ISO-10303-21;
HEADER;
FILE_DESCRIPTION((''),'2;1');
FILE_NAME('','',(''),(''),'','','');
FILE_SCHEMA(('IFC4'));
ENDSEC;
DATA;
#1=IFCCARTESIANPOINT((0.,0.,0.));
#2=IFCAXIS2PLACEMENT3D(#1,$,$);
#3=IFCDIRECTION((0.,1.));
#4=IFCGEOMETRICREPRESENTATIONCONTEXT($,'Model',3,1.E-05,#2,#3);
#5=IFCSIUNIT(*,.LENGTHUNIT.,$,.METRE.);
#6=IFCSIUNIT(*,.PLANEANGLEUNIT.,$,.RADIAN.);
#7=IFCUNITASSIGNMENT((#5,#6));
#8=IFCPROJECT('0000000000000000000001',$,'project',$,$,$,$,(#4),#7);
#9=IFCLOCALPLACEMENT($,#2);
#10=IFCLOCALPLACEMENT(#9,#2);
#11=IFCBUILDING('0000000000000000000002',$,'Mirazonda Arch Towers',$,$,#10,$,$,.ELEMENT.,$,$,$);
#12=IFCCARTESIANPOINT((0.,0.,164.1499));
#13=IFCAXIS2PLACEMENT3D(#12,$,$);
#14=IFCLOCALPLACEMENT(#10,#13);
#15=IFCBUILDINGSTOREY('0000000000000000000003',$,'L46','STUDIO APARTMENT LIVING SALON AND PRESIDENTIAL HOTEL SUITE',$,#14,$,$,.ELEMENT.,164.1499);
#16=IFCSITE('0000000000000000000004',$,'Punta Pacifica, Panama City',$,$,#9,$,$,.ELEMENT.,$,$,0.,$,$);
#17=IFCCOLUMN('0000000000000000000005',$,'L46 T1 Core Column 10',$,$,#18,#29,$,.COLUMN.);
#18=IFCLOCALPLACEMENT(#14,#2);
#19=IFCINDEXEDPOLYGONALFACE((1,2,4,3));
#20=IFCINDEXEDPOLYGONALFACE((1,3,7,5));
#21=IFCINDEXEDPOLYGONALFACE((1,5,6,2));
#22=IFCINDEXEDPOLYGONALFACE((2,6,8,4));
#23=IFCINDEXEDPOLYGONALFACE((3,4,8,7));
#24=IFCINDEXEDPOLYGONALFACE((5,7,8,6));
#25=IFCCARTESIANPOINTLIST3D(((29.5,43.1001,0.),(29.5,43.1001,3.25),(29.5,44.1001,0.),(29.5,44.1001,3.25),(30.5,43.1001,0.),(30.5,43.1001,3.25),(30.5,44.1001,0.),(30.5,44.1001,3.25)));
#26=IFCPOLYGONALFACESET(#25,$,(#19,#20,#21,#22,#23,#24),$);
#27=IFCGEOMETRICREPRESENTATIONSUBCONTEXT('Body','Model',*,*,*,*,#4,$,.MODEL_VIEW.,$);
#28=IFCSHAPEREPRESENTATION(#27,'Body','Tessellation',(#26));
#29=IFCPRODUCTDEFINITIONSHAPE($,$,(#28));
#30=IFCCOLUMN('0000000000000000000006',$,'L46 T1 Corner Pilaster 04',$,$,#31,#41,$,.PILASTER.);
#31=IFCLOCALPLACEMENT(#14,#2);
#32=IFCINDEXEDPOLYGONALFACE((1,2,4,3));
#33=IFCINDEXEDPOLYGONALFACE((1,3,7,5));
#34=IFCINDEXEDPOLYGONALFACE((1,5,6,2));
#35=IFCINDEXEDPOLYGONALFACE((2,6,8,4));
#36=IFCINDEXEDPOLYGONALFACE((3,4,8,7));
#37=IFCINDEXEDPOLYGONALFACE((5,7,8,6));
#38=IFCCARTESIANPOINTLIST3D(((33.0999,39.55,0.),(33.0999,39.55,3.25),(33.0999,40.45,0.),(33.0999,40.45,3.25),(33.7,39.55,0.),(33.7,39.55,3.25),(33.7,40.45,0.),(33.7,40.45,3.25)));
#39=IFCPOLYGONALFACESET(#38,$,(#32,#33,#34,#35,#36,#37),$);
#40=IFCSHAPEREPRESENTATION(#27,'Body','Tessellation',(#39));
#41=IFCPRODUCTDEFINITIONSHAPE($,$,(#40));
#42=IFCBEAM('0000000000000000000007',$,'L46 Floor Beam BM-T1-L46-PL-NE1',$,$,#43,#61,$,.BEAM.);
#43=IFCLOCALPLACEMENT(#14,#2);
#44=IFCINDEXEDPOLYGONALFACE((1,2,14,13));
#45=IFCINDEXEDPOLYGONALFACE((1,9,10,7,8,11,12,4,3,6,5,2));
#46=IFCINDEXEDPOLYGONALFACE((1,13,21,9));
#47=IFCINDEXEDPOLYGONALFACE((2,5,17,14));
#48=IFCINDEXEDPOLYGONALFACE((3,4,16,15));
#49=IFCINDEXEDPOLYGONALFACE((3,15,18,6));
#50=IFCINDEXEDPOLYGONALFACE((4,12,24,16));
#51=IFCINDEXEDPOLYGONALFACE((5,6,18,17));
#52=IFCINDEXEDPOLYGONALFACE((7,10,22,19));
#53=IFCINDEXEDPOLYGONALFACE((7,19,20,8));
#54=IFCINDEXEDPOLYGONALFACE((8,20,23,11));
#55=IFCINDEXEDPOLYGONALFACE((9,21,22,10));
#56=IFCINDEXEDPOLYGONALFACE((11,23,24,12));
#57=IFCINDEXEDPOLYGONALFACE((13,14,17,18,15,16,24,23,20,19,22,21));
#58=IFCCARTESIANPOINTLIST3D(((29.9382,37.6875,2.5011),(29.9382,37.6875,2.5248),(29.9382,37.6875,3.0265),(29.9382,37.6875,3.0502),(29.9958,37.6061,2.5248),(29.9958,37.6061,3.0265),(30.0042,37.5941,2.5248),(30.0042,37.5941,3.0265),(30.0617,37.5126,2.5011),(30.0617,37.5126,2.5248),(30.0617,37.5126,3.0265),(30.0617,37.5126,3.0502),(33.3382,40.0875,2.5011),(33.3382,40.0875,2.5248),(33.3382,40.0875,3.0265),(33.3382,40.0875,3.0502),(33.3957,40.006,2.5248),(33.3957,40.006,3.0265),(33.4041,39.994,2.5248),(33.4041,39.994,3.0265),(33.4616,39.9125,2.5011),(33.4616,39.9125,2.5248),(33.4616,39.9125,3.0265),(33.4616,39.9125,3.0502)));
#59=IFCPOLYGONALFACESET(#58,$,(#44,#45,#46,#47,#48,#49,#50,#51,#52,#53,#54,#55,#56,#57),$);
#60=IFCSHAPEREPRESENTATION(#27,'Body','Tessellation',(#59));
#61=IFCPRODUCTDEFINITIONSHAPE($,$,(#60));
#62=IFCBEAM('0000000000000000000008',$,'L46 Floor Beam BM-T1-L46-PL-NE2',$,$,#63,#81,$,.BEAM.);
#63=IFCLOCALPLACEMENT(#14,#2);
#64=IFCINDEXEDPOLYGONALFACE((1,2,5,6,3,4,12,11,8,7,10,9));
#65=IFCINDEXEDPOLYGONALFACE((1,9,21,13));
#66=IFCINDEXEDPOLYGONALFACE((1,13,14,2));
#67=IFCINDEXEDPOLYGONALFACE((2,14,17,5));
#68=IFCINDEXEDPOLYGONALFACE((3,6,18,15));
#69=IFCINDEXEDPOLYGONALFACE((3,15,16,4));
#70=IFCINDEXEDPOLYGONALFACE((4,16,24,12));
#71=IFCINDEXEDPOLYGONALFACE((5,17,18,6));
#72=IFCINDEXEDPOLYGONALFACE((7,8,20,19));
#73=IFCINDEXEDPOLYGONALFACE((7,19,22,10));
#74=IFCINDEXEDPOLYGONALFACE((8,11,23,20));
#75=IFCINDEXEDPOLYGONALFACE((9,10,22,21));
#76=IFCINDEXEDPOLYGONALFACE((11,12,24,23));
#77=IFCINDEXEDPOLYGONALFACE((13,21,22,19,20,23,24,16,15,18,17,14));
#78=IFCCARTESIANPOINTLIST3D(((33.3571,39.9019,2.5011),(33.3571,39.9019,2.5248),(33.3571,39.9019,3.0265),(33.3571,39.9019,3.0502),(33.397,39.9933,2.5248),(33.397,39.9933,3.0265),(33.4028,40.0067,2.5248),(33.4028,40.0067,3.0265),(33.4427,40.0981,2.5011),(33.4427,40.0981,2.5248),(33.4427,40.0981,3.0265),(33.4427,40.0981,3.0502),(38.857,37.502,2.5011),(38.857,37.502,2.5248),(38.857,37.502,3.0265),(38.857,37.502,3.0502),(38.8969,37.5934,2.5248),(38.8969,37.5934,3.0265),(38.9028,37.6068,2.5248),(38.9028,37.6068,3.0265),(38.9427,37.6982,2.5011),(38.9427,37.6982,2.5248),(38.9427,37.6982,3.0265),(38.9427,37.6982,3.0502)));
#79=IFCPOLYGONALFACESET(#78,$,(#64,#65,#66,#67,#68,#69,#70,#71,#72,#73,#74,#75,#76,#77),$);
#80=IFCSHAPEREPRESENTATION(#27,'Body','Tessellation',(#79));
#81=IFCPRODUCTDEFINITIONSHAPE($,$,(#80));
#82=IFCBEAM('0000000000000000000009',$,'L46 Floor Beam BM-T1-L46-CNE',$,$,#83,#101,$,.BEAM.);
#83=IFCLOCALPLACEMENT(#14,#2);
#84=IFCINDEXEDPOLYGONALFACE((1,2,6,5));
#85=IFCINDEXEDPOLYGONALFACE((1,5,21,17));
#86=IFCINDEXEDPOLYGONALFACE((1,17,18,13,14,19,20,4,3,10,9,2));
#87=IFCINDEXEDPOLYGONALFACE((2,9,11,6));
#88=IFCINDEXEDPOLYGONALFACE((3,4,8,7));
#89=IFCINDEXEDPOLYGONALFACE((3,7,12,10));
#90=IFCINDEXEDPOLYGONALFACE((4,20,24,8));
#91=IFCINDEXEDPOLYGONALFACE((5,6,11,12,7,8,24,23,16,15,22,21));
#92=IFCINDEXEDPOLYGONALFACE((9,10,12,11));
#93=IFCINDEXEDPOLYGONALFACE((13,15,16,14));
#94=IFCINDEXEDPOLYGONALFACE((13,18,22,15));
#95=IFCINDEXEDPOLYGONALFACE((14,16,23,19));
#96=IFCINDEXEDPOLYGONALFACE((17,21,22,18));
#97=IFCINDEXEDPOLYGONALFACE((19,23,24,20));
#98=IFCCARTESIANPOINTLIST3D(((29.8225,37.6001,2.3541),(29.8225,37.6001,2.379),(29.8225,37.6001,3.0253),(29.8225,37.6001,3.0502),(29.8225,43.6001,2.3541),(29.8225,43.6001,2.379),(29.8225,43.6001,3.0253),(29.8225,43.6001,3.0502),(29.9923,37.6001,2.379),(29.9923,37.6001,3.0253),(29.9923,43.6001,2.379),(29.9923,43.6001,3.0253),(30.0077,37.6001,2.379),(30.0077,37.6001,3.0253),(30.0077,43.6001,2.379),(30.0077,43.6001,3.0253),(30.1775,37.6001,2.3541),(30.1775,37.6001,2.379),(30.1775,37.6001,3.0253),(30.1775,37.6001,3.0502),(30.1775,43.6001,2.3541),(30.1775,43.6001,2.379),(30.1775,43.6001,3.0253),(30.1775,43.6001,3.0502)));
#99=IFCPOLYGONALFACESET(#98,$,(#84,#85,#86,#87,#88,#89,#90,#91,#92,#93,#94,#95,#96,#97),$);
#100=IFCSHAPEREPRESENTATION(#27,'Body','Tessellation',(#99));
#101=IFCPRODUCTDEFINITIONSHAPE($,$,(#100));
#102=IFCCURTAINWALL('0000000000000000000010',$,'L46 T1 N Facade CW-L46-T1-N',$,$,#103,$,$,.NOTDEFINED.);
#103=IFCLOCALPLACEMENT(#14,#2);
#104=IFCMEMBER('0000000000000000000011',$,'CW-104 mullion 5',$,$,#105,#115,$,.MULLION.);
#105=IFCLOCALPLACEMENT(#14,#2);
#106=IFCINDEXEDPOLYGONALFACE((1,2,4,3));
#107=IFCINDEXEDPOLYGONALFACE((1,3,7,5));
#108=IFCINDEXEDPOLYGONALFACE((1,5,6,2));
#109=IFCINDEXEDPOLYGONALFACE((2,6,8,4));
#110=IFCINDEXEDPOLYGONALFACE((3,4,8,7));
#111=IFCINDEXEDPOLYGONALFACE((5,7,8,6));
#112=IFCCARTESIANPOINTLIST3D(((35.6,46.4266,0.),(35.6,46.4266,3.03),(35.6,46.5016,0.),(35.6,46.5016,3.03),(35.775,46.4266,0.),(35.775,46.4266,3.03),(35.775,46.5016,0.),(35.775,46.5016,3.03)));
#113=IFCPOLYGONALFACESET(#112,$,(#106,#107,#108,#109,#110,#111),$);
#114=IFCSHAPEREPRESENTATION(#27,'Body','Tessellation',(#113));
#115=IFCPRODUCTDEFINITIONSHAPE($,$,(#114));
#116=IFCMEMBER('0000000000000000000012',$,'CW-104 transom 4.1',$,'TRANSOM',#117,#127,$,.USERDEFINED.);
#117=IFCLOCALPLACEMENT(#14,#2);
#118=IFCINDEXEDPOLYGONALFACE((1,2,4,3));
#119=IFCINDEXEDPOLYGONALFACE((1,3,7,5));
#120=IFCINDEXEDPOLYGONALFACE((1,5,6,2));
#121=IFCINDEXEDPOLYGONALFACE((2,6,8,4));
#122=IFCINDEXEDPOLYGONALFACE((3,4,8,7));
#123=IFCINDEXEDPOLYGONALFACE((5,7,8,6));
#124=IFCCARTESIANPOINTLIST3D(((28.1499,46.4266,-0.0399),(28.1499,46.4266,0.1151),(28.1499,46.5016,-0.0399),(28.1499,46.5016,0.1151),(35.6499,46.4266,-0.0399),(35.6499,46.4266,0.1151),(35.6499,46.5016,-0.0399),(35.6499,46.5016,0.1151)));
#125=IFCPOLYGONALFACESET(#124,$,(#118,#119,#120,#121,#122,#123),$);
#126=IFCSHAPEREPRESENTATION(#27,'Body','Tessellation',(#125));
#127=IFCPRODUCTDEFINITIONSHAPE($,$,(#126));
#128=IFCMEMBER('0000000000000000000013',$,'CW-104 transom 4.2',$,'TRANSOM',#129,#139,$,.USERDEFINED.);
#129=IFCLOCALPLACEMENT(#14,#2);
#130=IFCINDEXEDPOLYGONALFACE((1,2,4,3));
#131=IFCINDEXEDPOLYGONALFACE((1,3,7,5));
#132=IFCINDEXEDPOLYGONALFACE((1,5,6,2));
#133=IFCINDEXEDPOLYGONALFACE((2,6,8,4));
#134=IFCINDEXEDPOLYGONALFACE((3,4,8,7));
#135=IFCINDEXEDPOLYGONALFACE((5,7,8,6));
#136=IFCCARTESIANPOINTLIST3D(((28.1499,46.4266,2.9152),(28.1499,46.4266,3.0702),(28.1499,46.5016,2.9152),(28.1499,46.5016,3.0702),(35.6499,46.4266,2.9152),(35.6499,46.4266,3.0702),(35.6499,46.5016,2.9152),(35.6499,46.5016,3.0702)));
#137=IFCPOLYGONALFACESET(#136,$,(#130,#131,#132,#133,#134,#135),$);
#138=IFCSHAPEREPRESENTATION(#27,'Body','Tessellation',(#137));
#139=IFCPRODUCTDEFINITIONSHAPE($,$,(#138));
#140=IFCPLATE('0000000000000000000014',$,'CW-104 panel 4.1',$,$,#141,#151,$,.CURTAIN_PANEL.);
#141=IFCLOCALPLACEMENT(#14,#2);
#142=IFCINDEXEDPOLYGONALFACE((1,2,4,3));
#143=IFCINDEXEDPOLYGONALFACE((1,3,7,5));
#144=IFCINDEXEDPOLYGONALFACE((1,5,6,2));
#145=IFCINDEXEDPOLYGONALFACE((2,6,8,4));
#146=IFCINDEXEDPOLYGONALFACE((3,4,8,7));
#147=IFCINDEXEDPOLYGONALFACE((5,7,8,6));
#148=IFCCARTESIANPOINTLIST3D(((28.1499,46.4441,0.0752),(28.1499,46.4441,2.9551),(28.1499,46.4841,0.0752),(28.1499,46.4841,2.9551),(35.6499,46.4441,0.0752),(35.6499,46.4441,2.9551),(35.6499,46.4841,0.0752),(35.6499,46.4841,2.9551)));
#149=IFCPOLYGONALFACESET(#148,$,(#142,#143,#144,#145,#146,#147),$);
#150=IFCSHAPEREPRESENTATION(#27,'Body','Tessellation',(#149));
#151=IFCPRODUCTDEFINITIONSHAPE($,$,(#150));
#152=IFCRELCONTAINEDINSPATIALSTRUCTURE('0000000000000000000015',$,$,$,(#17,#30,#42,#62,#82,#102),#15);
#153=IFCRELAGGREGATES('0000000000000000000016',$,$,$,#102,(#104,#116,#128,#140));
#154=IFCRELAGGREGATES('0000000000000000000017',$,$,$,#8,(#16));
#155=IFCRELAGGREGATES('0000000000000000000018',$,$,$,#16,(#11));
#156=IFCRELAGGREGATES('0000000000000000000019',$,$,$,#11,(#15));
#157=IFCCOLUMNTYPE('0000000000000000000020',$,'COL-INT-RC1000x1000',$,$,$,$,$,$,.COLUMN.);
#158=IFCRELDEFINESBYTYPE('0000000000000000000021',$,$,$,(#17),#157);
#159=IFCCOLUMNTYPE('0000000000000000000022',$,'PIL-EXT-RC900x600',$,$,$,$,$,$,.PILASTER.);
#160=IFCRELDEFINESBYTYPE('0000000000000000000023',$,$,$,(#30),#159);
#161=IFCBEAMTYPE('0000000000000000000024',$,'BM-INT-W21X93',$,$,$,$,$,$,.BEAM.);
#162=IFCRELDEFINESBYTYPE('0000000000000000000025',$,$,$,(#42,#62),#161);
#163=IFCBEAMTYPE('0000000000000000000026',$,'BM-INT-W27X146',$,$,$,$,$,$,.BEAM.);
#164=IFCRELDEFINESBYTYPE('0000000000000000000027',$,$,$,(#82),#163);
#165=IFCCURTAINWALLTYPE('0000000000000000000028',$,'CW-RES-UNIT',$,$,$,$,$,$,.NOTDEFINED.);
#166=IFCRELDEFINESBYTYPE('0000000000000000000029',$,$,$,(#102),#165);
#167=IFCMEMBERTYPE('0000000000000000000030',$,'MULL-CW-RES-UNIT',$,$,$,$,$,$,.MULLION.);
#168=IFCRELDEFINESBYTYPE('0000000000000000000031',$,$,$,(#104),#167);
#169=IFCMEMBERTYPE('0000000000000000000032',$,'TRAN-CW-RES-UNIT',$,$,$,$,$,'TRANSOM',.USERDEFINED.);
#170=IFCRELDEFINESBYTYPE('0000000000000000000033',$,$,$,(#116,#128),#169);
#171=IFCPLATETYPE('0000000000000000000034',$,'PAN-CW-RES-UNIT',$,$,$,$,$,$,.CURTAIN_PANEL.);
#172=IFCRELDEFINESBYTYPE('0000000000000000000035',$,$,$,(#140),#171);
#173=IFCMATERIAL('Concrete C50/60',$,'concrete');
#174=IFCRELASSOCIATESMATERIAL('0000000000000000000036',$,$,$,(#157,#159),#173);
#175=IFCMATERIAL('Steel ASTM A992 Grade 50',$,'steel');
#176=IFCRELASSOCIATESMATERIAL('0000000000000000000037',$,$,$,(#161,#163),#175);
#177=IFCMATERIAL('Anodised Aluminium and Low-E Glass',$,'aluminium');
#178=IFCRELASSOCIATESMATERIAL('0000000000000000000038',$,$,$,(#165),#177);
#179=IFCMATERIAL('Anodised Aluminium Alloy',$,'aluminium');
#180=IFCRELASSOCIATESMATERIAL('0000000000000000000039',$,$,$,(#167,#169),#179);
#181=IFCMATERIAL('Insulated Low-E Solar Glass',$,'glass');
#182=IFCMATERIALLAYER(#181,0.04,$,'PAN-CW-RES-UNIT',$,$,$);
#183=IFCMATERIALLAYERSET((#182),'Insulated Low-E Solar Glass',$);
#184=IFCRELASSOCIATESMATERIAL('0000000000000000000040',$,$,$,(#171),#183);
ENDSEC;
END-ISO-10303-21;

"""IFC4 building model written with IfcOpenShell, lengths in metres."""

from ifc_helpers import new_model, si_unit, direction, frame, origin, origin_2d, place, context, subcontext, project, spatial, rectangle, i_section, extrude, material, layer, layer_set, material_profile, profile_set, type_object, element, aggregate, save


model = new_model("IFC4")

# Units and contexts
model_context = context("Model", 3, precision=1e-05, world=origin(), true_north=direction((0.0, 1.0)))
body_context = subcontext(model_context, "Body", "Model", "MODEL_VIEW")
ifc_project = project(units=[si_unit("LENGTHUNIT", "METRE"), si_unit("PLANEANGLEUNIT", "RADIAN")], contexts=[model_context])

# Site, building, storey
site_placement = place(None, origin())
site = spatial("IfcSite", under=ifc_project, at=site_placement, Name="Punta Pacifica, Panama City", CompositionType="ELEMENT", RefElevation=0.0)
building_placement = place(site_placement, origin())
building = spatial("IfcBuilding", under=site, at=building_placement, Name="Mirazonda Arch Towers", CompositionType="ELEMENT")
storey_placement = place(building_placement, frame((0.0, 0.0, 164.1499)))
storey = spatial("IfcBuildingStorey", under=building, at=storey_placement, Name="L46", Description="STUDIO APARTMENT LIVING SALON AND PRESIDENTIAL HOTEL SUITE", CompositionType="ELEMENT", Elevation=164.1499)

# Columns
ifc_material_1 = material(Name="Concrete C50/60", Category="concrete")
ifc_material_profile_1 = material_profile(ifc_material_1, rectangle(XDim=1.0, YDim=1.0, at=origin_2d()), Name="RC1000x1000")
ifc_profile_set_1 = profile_set([ifc_material_profile_1], Name="Concrete C50/60")
column_type_1 = type_object("IfcColumnType", Name="COL-INT-RC1000x1000", PredefinedType="COLUMN", material=ifc_profile_set_1)
column_1_placement = place(storey_placement, frame((30.0, 43.6001, 0.0), z_axis=(0.0, 0.0, 1.0), x_axis=(1.0, 0.0, 0.0)))
element("IfcColumn", 1, at=column_1_placement, inside=storey, type_object=column_type_1, Name="L46 T1 Core Column 10", PredefinedType="COLUMN", context=body_context, shape_type="SweptSolid", body=[
    extrude(rectangle(XDim=1.0, YDim=1.0, at=origin_2d()), origin(), (0.0, 0.0, 1.0), 3.25),
])
ifc_material_profile_2 = material_profile(ifc_material_1, rectangle(XDim=0.6001, YDim=0.8999, at=origin_2d()), Name="RC900x600")
ifc_profile_set_2 = profile_set([ifc_material_profile_2], Name="Concrete C50/60")
column_type_2 = type_object("IfcColumnType", Name="PIL-EXT-RC900x600", PredefinedType="PILASTER", material=ifc_profile_set_2)
column_2_placement = place(storey_placement, frame((33.3999, 40.0, 0.0), z_axis=(0.0, 0.0, 1.0), x_axis=(1.0, 0.0, 0.0)))
element("IfcColumn", 2, at=column_2_placement, inside=storey, type_object=column_type_2, Name="L46 T1 Corner Pilaster 04", PredefinedType="PILASTER", context=body_context, shape_type="SweptSolid", body=[
    extrude(rectangle(XDim=0.6001, YDim=0.8999, at=origin_2d()), origin(), (0.0, 0.0, 1.0), 3.25),
])

# Beams
ifc_material_2 = material(Name="Steel ASTM A992 Grade 50", Category="steel")
ifc_material_profile_3 = material_profile(ifc_material_2, i_section(OverallWidth=0.2141, OverallDepth=0.5491, WebThickness=0.0146, FlangeThickness=0.0237, at=origin_2d()), Name="W21X93")
ifc_profile_set_3 = profile_set([ifc_material_profile_3], Name="Steel ASTM A992 Grade 50")
beam_type_1 = type_object("IfcBeamType", Name="BM-INT-W21X93", PredefinedType="BEAM", material=ifc_profile_set_3)
beam_1_placement = place(storey_placement, frame((33.3999, 40.0, 2.7756), z_axis=(-0.816971, -0.576679, 0.0), x_axis=(0.576679, -0.816971, 0.0)))
element("IfcBeam", 3, at=beam_1_placement, inside=storey, type_object=beam_type_1, Name="L46 Floor Beam BM-T1-L46-PL-NE1", PredefinedType="BEAM", context=body_context, shape_type="SweptSolid", body=[
    extrude(i_section(OverallWidth=0.2141, OverallDepth=0.5491, WebThickness=0.0146, FlangeThickness=0.0237, at=origin_2d()), origin(), (0.0, 0.0, 1.0), 4.1616),
])
beam_2_placement = place(storey_placement, frame((33.3999, 40.0, 2.7756), z_axis=(0.916545, -0.399931, 0.0), x_axis=(0.399931, 0.916545, 0.0)))
element("IfcBeam", 4, at=beam_2_placement, inside=storey, type_object=beam_type_1, Name="L46 Floor Beam BM-T1-L46-PL-NE2", PredefinedType="BEAM", context=body_context, shape_type="SweptSolid", body=[
    extrude(i_section(OverallWidth=0.2141, OverallDepth=0.5491, WebThickness=0.0146, FlangeThickness=0.0237, at=origin_2d()), origin(), (0.0, 0.0, 1.0), 6.0007),
])
ifc_material_profile_4 = material_profile(ifc_material_2, i_section(OverallWidth=0.355, OverallDepth=0.696, WebThickness=0.0154, FlangeThickness=0.0249, at=origin_2d()), Name="W27X146")
ifc_profile_set_4 = profile_set([ifc_material_profile_4], Name="Steel ASTM A992 Grade 50")
beam_type_2 = type_object("IfcBeamType", Name="BM-INT-W27X146", PredefinedType="BEAM", material=ifc_profile_set_4)
beam_3_placement = place(storey_placement, frame((30.0, 37.6001, 2.7021), z_axis=(0.0, 1.0, 0.0), x_axis=(-1.0, 0.0, 0.0)))
element("IfcBeam", 5, at=beam_3_placement, inside=storey, type_object=beam_type_2, Name="L46 Floor Beam BM-T1-L46-CNE", PredefinedType="BEAM", context=body_context, shape_type="SweptSolid", body=[
    extrude(i_section(OverallWidth=0.355, OverallDepth=0.696, WebThickness=0.0154, FlangeThickness=0.0249, at=origin_2d()), origin(), (0.0, 0.0, 1.0), 6.0),
])

# Curtain wall, members, plate
ifc_material_3 = material(Name="Anodised Aluminium and Low-E Glass", Category="aluminium")
curtain_wall_type = type_object("IfcCurtainWallType", Name="CW-RES-UNIT", PredefinedType="NOTDEFINED", material=ifc_material_3)
curtain_wall_placement = place(storey_placement, origin())
curtain_wall = element("IfcCurtainWall", 6, at=curtain_wall_placement, inside=storey, type_object=curtain_wall_type, Name="L46 T1 N Facade CW-L46-T1-N", PredefinedType="NOTDEFINED")
ifc_material_4 = material(Name="Anodised Aluminium Alloy", Category="aluminium")
ifc_material_profile_5 = material_profile(ifc_material_4, rectangle(XDim=0.075, YDim=0.175, at=origin_2d()), Name="ALU-MULL-75x175")
ifc_profile_set_5 = profile_set([ifc_material_profile_5], Name="Anodised Aluminium Alloy")
member_type_1 = type_object("IfcMemberType", Name="MULL-CW-RES-UNIT", PredefinedType="MULLION", material=ifc_profile_set_5)
member_1_placement = place(storey_placement, frame((35.6875, 46.4641, 0.0), z_axis=(0.0, 0.0, 1.0), x_axis=(0.0, 1.0, 0.0)))
member_1 = element("IfcMember", 7, at=member_1_placement, type_object=member_type_1, Name="CW-104 mullion 5", PredefinedType="MULLION", context=body_context, shape_type="SweptSolid", body=[
    extrude(rectangle(XDim=0.075, YDim=0.175, at=origin_2d()), origin(), (0.0, 0.0, 1.0), 3.03),
])
ifc_material_profile_6 = material_profile(ifc_material_4, rectangle(XDim=0.075, YDim=0.155, at=origin_2d()), Name="ALU-TRAN-75x155")
ifc_profile_set_6 = profile_set([ifc_material_profile_6], Name="Anodised Aluminium Alloy")
member_type_2 = type_object("IfcMemberType", Name="TRAN-CW-RES-UNIT", ElementType="TRANSOM", PredefinedType="USERDEFINED", material=ifc_profile_set_6)
member_2_placement = place(storey_placement, frame((28.1499, 46.4641, 0.0376), z_axis=(1.0, 0.0, 0.0), x_axis=(0.0, 1.0, 0.0)))
member_2 = element("IfcMember", 8, at=member_2_placement, type_object=member_type_2, Name="CW-104 transom 4.1", ObjectType="TRANSOM", PredefinedType="USERDEFINED", context=body_context, shape_type="SweptSolid", body=[
    extrude(rectangle(XDim=0.075, YDim=0.155, at=origin_2d()), origin(), (0.0, 0.0, 1.0), 7.5),
])
member_3_placement = place(storey_placement, frame((28.1499, 46.4641, 2.9927), z_axis=(1.0, 0.0, 0.0), x_axis=(0.0, 1.0, 0.0)))
member_3 = element("IfcMember", 9, at=member_3_placement, type_object=member_type_2, Name="CW-104 transom 4.2", ObjectType="TRANSOM", PredefinedType="USERDEFINED", context=body_context, shape_type="SweptSolid", body=[
    extrude(rectangle(XDim=0.075, YDim=0.155, at=origin_2d()), origin(), (0.0, 0.0, 1.0), 7.5),
])
ifc_material_5 = material(Name="Insulated Low-E Solar Glass", Category="glass")
ifc_layer_1 = layer(ifc_material_5, 0.04, Name="PAN-CW-RES-UNIT")
ifc_layer_set_1 = layer_set([ifc_layer_1], Name="Insulated Low-E Solar Glass")
plate_type = type_object("IfcPlateType", Name="PAN-CW-RES-UNIT", PredefinedType="CURTAIN_PANEL", material=ifc_layer_set_1)
plate_placement = place(storey_placement, frame((31.8999, 46.4641, 0.0752), z_axis=(0.0, 0.0, 1.0), x_axis=(1.0, 0.0, 0.0)))
plate = element("IfcPlate", 10, at=plate_placement, type_object=plate_type, Name="CW-104 panel 4.1", PredefinedType="CURTAIN_PANEL", context=body_context, shape_type="SweptSolid", body=[
    extrude(rectangle(XDim=7.5, YDim=0.04, at=origin_2d()), origin(), (0.0, 0.0, 1.0), 2.8799),
])
aggregate(curtain_wall, [member_1, member_2, member_3, plate])

save(model, "model.ifc")
